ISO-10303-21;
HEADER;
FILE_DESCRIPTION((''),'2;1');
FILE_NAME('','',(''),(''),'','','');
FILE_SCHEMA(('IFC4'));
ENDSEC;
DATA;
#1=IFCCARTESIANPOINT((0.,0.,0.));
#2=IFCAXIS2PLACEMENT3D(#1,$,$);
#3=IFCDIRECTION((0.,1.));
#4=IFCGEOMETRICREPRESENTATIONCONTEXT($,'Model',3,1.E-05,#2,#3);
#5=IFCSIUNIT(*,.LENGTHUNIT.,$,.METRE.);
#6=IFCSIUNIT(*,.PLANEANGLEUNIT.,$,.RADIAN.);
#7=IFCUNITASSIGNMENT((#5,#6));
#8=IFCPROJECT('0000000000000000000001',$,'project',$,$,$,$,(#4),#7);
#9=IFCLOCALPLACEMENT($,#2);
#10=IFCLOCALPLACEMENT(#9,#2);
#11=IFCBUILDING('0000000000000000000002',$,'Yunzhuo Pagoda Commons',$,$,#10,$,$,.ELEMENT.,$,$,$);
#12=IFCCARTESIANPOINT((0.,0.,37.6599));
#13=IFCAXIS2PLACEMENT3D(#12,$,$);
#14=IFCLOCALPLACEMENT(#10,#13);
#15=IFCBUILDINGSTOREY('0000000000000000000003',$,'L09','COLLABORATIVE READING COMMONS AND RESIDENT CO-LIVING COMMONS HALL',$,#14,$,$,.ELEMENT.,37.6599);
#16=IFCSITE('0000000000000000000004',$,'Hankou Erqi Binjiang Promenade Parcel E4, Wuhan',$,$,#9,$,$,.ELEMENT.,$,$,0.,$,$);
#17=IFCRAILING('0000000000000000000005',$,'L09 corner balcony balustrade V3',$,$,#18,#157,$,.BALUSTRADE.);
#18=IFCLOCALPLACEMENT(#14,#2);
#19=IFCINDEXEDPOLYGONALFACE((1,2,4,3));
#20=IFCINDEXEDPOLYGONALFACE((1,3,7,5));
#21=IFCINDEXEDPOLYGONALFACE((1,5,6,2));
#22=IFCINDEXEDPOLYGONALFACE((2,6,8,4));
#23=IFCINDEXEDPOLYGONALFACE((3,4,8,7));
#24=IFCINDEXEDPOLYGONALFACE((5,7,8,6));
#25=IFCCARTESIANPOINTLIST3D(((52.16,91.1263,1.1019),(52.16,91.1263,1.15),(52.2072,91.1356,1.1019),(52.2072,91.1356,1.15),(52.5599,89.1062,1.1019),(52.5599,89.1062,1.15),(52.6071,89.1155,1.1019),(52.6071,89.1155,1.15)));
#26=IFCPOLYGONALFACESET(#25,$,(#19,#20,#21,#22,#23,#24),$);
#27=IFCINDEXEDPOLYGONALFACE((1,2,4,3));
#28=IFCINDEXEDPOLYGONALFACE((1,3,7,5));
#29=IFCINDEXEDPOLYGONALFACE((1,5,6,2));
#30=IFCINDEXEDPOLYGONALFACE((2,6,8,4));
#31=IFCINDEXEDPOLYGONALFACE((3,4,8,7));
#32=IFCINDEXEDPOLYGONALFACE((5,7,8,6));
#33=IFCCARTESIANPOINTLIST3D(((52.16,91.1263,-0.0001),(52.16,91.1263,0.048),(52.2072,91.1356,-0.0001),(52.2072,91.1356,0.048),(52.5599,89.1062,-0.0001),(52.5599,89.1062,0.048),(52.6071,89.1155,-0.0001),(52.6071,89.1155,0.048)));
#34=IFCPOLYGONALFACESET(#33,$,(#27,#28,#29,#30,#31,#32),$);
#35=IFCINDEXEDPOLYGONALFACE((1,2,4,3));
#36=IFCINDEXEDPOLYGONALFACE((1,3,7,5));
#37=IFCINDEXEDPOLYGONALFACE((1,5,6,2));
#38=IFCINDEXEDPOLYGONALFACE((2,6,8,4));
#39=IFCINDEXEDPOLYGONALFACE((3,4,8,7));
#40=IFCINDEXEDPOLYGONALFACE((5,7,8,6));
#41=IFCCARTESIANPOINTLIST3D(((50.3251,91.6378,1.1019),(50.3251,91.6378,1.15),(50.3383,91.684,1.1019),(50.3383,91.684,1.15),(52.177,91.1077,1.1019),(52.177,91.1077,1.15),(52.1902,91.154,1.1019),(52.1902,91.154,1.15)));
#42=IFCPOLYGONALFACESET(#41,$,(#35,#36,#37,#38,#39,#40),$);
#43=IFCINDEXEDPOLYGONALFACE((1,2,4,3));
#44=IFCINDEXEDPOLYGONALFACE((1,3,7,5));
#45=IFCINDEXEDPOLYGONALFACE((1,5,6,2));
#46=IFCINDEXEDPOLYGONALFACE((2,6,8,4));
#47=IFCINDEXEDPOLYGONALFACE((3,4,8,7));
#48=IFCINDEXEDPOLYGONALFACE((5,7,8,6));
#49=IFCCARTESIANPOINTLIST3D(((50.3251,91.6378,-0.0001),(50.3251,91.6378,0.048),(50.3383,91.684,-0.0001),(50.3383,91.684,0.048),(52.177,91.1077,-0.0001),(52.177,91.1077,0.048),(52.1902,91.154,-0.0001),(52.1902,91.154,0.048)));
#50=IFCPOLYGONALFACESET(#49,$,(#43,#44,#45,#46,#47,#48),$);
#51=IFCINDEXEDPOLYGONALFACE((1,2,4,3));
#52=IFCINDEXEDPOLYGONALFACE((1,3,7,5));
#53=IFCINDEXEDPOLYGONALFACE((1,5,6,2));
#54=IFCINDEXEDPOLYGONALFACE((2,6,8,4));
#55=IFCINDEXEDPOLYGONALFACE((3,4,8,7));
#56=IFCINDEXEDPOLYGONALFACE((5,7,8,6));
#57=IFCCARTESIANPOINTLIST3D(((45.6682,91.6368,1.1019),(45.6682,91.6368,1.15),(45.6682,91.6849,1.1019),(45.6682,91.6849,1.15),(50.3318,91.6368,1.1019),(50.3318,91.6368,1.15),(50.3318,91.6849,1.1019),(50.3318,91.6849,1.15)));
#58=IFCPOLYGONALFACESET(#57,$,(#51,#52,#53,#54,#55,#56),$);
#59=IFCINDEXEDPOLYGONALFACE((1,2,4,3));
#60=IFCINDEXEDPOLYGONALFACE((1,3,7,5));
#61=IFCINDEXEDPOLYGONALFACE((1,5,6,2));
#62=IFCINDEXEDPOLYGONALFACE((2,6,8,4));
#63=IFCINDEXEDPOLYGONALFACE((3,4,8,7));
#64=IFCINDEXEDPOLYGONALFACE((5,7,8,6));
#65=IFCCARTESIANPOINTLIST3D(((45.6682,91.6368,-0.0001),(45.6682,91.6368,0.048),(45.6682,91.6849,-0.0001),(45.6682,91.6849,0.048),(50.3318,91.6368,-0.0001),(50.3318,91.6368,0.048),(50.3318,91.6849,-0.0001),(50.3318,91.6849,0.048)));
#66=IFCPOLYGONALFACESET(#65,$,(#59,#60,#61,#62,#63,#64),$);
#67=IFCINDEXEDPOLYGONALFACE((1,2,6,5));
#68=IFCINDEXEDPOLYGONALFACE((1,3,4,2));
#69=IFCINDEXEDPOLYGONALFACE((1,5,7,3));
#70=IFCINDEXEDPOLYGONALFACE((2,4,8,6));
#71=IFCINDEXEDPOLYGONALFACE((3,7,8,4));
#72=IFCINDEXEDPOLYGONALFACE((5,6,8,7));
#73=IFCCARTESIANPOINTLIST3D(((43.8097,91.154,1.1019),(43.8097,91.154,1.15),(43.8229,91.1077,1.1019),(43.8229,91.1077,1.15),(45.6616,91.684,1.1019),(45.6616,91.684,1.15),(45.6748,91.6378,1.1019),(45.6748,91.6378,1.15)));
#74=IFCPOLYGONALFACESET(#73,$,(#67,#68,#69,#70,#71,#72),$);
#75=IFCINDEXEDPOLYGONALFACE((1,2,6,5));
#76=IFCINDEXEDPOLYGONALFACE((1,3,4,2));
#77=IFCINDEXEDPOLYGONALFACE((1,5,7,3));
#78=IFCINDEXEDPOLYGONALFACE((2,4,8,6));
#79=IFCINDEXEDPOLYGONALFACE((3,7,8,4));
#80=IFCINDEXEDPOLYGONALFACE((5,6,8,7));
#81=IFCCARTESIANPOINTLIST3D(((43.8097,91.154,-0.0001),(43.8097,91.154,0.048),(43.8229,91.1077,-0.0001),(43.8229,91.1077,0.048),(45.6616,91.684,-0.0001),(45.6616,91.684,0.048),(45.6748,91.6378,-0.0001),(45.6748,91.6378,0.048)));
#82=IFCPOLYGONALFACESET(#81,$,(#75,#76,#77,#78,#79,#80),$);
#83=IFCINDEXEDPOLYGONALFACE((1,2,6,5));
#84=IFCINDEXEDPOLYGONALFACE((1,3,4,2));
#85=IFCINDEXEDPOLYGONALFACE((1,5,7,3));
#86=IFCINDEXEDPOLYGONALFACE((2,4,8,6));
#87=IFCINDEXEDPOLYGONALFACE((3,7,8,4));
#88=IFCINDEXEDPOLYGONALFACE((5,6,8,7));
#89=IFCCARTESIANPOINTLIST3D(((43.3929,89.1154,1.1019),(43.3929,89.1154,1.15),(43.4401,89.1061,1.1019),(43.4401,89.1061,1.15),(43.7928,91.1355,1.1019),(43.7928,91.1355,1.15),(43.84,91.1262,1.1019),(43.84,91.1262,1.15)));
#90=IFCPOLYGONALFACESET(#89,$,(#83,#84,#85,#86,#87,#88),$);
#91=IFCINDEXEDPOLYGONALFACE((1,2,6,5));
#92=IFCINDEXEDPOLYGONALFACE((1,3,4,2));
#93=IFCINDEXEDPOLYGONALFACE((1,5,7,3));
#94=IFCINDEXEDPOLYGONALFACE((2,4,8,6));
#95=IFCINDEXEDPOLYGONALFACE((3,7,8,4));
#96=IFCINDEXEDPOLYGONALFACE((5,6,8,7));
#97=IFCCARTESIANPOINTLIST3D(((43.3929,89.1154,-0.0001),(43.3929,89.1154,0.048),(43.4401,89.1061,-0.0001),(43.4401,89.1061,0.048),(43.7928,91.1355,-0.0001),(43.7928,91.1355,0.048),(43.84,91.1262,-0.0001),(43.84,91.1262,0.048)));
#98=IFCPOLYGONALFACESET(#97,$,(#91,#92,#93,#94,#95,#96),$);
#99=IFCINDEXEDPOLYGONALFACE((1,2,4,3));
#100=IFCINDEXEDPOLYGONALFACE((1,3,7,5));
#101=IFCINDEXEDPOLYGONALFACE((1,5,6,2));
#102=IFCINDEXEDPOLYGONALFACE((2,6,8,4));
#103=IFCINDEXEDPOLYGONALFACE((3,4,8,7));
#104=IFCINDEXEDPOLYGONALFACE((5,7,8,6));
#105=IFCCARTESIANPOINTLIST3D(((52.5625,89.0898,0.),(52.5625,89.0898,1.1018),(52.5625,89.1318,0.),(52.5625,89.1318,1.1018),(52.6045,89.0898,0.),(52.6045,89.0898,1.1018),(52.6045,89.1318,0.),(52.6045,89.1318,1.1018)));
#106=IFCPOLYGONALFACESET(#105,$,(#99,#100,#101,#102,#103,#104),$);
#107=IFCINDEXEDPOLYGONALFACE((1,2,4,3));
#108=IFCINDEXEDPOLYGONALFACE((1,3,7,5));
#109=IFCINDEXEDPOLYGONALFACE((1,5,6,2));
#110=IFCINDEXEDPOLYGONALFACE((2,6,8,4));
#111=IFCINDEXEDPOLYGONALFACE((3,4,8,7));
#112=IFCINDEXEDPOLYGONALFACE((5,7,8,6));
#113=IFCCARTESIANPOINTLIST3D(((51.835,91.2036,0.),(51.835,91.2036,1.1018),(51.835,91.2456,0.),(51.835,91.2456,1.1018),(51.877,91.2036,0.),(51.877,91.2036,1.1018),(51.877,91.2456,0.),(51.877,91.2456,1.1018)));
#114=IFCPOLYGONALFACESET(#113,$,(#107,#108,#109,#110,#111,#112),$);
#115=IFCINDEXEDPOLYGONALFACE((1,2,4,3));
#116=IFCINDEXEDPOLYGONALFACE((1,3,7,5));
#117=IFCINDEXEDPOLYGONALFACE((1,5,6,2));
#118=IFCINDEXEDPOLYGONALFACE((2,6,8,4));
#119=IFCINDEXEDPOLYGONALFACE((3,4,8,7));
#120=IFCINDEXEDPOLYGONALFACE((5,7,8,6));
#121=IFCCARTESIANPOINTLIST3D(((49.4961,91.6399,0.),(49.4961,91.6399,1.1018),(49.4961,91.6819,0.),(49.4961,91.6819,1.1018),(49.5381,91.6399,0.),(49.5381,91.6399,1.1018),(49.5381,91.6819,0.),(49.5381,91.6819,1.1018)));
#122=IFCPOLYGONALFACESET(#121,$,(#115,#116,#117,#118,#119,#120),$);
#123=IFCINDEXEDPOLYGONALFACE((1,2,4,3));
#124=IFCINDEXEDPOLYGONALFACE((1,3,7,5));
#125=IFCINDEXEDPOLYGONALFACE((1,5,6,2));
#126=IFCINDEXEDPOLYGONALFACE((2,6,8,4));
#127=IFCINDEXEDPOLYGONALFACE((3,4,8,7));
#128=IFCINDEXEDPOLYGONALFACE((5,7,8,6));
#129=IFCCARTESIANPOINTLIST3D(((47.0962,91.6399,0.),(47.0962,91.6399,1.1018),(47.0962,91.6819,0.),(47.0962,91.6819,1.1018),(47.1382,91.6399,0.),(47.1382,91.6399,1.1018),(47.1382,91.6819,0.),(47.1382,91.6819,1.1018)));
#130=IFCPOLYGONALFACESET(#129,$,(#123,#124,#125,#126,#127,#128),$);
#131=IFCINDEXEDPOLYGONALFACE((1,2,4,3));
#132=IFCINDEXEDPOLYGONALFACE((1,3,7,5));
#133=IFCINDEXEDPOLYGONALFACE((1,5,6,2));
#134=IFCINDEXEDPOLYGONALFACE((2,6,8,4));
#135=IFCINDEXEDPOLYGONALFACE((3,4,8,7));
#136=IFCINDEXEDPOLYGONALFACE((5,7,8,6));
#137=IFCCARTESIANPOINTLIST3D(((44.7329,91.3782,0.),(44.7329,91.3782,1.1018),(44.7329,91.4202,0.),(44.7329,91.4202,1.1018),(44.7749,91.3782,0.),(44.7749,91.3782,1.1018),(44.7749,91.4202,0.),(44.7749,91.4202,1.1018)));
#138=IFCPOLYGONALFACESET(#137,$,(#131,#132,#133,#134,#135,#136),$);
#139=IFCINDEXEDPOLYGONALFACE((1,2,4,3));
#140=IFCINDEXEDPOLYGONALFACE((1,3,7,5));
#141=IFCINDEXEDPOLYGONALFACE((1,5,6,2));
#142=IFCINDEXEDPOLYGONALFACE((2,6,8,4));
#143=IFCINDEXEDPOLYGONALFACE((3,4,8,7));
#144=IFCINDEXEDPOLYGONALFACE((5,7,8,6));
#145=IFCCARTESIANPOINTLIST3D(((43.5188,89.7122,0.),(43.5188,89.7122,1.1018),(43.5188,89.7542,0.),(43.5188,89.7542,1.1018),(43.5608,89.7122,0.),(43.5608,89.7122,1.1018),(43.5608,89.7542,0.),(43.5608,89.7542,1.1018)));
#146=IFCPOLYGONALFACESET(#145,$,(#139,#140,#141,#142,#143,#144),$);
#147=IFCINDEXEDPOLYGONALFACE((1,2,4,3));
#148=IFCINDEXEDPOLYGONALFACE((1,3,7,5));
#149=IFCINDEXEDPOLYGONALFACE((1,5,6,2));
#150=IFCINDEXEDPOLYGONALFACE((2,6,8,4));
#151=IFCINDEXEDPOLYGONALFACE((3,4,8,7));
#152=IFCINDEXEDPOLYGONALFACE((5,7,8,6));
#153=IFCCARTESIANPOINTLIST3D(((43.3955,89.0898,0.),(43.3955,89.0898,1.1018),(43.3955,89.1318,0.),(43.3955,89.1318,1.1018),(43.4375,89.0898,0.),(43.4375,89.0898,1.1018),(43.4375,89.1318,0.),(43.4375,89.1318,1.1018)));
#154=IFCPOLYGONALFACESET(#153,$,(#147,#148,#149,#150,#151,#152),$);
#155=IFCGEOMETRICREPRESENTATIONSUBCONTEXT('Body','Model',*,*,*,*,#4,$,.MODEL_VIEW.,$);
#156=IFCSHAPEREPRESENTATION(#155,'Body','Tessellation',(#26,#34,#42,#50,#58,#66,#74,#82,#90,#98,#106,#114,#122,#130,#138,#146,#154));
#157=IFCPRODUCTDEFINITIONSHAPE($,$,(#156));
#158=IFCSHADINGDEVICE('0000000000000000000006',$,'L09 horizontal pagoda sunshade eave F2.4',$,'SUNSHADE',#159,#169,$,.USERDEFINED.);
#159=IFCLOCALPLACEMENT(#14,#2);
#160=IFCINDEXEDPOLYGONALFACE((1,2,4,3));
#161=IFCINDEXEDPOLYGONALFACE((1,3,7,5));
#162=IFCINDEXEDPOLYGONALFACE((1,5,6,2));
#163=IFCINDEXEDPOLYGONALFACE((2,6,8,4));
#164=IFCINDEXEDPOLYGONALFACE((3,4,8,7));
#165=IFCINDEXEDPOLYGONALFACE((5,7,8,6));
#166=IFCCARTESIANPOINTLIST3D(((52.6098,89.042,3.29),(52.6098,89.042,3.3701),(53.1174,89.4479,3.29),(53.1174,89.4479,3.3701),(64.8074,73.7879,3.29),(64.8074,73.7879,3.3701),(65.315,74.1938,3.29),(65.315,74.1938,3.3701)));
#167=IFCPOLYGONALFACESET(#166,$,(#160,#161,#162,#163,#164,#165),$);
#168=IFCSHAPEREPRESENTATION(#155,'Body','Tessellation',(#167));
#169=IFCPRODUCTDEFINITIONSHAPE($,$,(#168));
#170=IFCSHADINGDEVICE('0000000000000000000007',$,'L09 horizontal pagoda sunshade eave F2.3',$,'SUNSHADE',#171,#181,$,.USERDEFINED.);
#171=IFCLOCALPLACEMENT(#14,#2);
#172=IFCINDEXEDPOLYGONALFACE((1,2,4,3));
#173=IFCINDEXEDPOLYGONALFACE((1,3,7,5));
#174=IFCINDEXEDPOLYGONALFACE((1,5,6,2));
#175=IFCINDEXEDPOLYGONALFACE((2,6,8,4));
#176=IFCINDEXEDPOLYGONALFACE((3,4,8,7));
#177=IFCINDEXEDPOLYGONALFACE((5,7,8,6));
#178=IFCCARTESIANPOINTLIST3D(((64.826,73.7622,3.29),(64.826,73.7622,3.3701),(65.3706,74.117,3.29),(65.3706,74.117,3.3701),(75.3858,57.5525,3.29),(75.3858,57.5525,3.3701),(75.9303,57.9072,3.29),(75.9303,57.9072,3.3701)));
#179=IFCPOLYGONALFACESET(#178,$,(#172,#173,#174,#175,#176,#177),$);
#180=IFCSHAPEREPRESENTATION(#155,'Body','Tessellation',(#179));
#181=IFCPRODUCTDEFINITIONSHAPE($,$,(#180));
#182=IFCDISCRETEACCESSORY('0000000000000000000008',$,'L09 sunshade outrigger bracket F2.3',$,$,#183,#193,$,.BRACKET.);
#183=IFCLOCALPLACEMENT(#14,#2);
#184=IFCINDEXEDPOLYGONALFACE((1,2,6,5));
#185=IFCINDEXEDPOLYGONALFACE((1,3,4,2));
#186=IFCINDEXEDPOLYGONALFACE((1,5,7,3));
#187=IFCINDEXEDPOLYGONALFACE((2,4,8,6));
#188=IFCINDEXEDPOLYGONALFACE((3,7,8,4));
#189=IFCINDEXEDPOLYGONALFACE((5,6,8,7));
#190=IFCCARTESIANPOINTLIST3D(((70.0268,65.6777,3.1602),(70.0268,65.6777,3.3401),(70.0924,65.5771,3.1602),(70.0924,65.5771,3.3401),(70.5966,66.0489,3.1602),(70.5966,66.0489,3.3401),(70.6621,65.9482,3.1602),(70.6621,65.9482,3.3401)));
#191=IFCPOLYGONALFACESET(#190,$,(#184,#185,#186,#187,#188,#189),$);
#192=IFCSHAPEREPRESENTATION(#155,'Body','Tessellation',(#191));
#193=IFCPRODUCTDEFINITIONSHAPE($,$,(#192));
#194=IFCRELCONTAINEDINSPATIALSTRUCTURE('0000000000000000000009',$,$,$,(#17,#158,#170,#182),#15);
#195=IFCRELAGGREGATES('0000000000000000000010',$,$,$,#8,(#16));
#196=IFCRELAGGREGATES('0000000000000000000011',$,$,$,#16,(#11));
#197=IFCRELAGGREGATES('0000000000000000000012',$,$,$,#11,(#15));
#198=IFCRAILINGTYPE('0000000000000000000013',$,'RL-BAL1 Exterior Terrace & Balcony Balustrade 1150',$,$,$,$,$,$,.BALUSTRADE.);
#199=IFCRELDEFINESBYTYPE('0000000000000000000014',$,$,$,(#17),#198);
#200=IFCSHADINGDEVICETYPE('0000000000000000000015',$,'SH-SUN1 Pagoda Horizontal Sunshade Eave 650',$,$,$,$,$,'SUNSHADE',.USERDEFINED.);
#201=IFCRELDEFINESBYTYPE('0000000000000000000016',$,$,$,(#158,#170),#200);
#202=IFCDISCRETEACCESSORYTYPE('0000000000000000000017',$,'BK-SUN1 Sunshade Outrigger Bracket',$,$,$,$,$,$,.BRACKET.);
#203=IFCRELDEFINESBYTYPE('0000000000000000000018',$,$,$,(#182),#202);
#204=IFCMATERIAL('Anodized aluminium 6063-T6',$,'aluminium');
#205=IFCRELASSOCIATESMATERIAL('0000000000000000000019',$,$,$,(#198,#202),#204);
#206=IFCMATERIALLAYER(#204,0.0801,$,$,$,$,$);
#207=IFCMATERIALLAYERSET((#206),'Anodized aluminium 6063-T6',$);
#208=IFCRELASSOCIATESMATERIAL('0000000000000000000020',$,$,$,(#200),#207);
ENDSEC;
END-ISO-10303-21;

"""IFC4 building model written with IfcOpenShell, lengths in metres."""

from ifc_helpers import new_model, si_unit, direction, frame, origin, origin_2d, place, context, subcontext, project, spatial, rectangle, extrude, source, transform, mapped, material, layer, layer_set, type_object, element, save


model = new_model("IFC4")

# Units and contexts
model_context = context("Model", 3, precision=1e-05, world=origin(), true_north=direction((0.0, 1.0)))
body_context = subcontext(model_context, "Body", "Model", "MODEL_VIEW")
ifc_project = project(units=[si_unit("LENGTHUNIT", "METRE"), si_unit("PLANEANGLEUNIT", "RADIAN")], contexts=[model_context])

# Site, building, storey
site_placement = place(None, origin())
site = spatial("IfcSite", under=ifc_project, at=site_placement, Name="Hankou Erqi Binjiang Promenade Parcel E4, Wuhan", CompositionType="ELEMENT", RefElevation=0.0)
building_placement = place(site_placement, origin())
building = spatial("IfcBuilding", under=site, at=building_placement, Name="Yunzhuo Pagoda Commons", CompositionType="ELEMENT")
storey_placement = place(building_placement, frame((0.0, 0.0, 37.6599)))
storey = spatial("IfcBuildingStorey", under=building, at=storey_placement, Name="L09", Description="COLLABORATIVE READING COMMONS AND RESIDENT CO-LIVING COMMONS HALL", CompositionType="ELEMENT", Elevation=37.6599)

# Shared definitions
ifc_material_1 = material(Name="Anodized aluminium 6063-T6", Category="aluminium")

# Railing
railing_type = type_object("IfcRailingType", Name="RL-BAL1 Exterior Terrace & Balcony Balustrade 1150", PredefinedType="BALUSTRADE", material=ifc_material_1)
railing_placement = place(storey_placement, frame((52.5835, 89.1108, 0.0)))
element("IfcRailing", 1, at=railing_placement, inside=storey, type_object=railing_type, Name="L09 corner balcony balustrade V3", PredefinedType="BALUSTRADE", context=body_context, shape_type="SweptSolid", body=[
    extrude(rectangle(XDim=0.0481, YDim=0.0481, at=origin_2d()), frame((0.0, 0.0, 1.126), z_axis=(-0.194201, 0.980962, 0.0), x_axis=(-0.980962, -0.194201, 0.0)), (0.0, 0.0, 1.0), 2.0593),
    extrude(rectangle(XDim=0.0481, YDim=0.0481, at=origin_2d()), frame((0.0, 0.0, 0.0239), z_axis=(-0.194201, 0.980962, 0.0), x_axis=(-0.980962, -0.194201, 0.0)), (0.0, 0.0, 1.0), 2.0593),
    extrude(rectangle(XDim=0.0481, YDim=0.0481, at=origin_2d()), frame((-0.3999, 2.02, 1.126), z_axis=(-0.961395, 0.275173, 0.0), x_axis=(-0.275173, -0.961395, 0.0)), (0.0, 0.0, 1.0), 1.9263),
    extrude(rectangle(XDim=0.0481, YDim=0.0481, at=origin_2d()), frame((-0.3999, 2.02, 0.0239), z_axis=(-0.961395, 0.275173, 0.0), x_axis=(-0.275173, -0.961395, 0.0)), (0.0, 0.0, 1.0), 1.9263),
    extrude(rectangle(XDim=0.0481, YDim=0.0481, at=origin_2d()), frame((-2.2517, 2.55, 1.126), z_axis=(-1.0, 0.0, 0.0), x_axis=(0.0, -1.0, 0.0)), (0.0, 0.0, 1.0), 4.6636),
    extrude(rectangle(XDim=0.0481, YDim=0.0481, at=origin_2d()), frame((-2.2517, 2.55, 0.0239), z_axis=(-1.0, 0.0, 0.0), x_axis=(0.0, -1.0, 0.0)), (0.0, 0.0, 1.0), 4.6636),
    extrude(rectangle(XDim=0.0481, YDim=0.0481, at=origin_2d()), frame((-6.9153, 2.55, 1.126), z_axis=(-0.961395, -0.275173, 0.0), x_axis=(0.275173, -0.961395, 0.0)), (0.0, 0.0, 1.0), 1.9263),
    extrude(rectangle(XDim=0.0481, YDim=0.0481, at=origin_2d()), frame((-6.9153, 2.55, 0.0239), z_axis=(-0.961395, -0.275173, 0.0), x_axis=(0.275173, -0.961395, 0.0)), (0.0, 0.0, 1.0), 1.9263),
    extrude(rectangle(XDim=0.0481, YDim=0.0481, at=origin_2d()), frame((-8.7671, 2.02, 1.126), z_axis=(-0.194201, -0.980962, 0.0), x_axis=(0.980962, -0.194201, 0.0)), (0.0, 0.0, 1.0), 2.0593),
    extrude(rectangle(XDim=0.0481, YDim=0.0481, at=origin_2d()), frame((-8.7671, 2.02, 0.0239), z_axis=(-0.194201, -0.980962, 0.0), x_axis=(0.980962, -0.194201, 0.0)), (0.0, 0.0, 1.0), 2.0593),
    extrude(rectangle(XDim=0.042, YDim=0.042, at=origin_2d()), origin(), (0.0, 0.0, 1.0), 1.1018),
    extrude(rectangle(XDim=0.042, YDim=0.042, at=origin_2d()), frame((-0.7275, 2.1138, 0.0)), (0.0, 0.0, 1.0), 1.1018),
    extrude(rectangle(XDim=0.042, YDim=0.042, at=origin_2d()), frame((-3.0664, 2.55, 0.0)), (0.0, 0.0, 1.0), 1.1018),
    extrude(rectangle(XDim=0.042, YDim=0.042, at=origin_2d()), frame((-5.4663, 2.55, 0.0)), (0.0, 0.0, 1.0), 1.1018),
    extrude(rectangle(XDim=0.042, YDim=0.042, at=origin_2d()), frame((-7.8296, 2.2883, 0.0)), (0.0, 0.0, 1.0), 1.1018),
    extrude(rectangle(XDim=0.042, YDim=0.042, at=origin_2d()), frame((-9.0437, 0.6223, 0.0)), (0.0, 0.0, 1.0), 1.1018),
    extrude(rectangle(XDim=0.042, YDim=0.042, at=origin_2d()), frame((-9.167, 0.0, 0.0)), (0.0, 0.0, 1.0), 1.1018),
])

# Shading devices
ifc_layer_1 = layer(ifc_material_1, 0.0801)
ifc_layer_set_1 = layer_set([ifc_layer_1], Name="Anodized aluminium 6063-T6")
shading_device_type = type_object("IfcShadingDeviceType", Name="SH-SUN1 Pagoda Horizontal Sunshade Eave 650", ElementType="SUNSHADE", PredefinedType="USERDEFINED", material=ifc_layer_set_1)
shared_shape_1 = source(origin(), body_context, "Body", "SweptSolid", [
    extrude(rectangle(XDim=19.5312, YDim=0.6499, at=origin_2d()), origin(), (0.0, 0.0, 1.0), 0.0801),
])
shading_device_1_placement = place(storey_placement, frame((58.9624, 81.6179, 3.29), z_axis=(0.0, 0.0, 1.0), x_axis=(-0.62452, 0.781008, 0.0)))
element("IfcShadingDevice", 2, at=shading_device_1_placement, inside=storey, type_object=shading_device_type, Name="L09 horizontal pagoda sunshade eave F2.4", ObjectType="SUNSHADE", PredefinedType="USERDEFINED", context=body_context, shape_type="MappedRepresentation", body=[
    mapped(shared_shape_1, transform((0.0, 0.0, 0.0), scale=1.0)),
])
shared_shape_2 = source(origin(), body_context, "Body", "SweptSolid", [
    extrude(rectangle(XDim=19.3459, YDim=0.6499, at=origin_2d()), origin(), (0.0, 0.0, 1.0), 0.0801),
])
shading_device_2_placement = place(storey_placement, frame((70.3782, 65.8347, 3.29), z_axis=(0.0, 0.0, 1.0), x_axis=(-0.545839, 0.83789, 0.0)))
element("IfcShadingDevice", 3, at=shading_device_2_placement, inside=storey, type_object=shading_device_type, Name="L09 horizontal pagoda sunshade eave F2.3", ObjectType="SUNSHADE", PredefinedType="USERDEFINED", context=body_context, shape_type="MappedRepresentation", body=[
    mapped(shared_shape_2, transform((0.0, 0.0, 0.0), scale=1.0)),
])

# Discrete accessory
discrete_accessory_type = type_object("IfcDiscreteAccessoryType", Name="BK-SUN1 Sunshade Outrigger Bracket", PredefinedType="BRACKET", material=ifc_material_1)
shared_shape_3 = source(origin(), body_context, "Body", "SweptSolid", [
    extrude(rectangle(XDim=0.1201, YDim=0.6799, at=origin_2d()), origin(), (0.0, 0.0, 1.0), 0.1799),
])
discrete_accessory_placement = place(storey_placement, frame((70.3445, 65.813, 3.1602), z_axis=(0.0, 0.0, 1.0), x_axis=(-0.545839, 0.83789, 0.0)))
element("IfcDiscreteAccessory", 4, at=discrete_accessory_placement, inside=storey, type_object=discrete_accessory_type, Name="L09 sunshade outrigger bracket F2.3", PredefinedType="BRACKET", context=body_context, shape_type="MappedRepresentation", body=[
    mapped(shared_shape_3, transform((0.0, 0.0, 0.0), scale=1.0)),
])

save(model, "model.ifc")
